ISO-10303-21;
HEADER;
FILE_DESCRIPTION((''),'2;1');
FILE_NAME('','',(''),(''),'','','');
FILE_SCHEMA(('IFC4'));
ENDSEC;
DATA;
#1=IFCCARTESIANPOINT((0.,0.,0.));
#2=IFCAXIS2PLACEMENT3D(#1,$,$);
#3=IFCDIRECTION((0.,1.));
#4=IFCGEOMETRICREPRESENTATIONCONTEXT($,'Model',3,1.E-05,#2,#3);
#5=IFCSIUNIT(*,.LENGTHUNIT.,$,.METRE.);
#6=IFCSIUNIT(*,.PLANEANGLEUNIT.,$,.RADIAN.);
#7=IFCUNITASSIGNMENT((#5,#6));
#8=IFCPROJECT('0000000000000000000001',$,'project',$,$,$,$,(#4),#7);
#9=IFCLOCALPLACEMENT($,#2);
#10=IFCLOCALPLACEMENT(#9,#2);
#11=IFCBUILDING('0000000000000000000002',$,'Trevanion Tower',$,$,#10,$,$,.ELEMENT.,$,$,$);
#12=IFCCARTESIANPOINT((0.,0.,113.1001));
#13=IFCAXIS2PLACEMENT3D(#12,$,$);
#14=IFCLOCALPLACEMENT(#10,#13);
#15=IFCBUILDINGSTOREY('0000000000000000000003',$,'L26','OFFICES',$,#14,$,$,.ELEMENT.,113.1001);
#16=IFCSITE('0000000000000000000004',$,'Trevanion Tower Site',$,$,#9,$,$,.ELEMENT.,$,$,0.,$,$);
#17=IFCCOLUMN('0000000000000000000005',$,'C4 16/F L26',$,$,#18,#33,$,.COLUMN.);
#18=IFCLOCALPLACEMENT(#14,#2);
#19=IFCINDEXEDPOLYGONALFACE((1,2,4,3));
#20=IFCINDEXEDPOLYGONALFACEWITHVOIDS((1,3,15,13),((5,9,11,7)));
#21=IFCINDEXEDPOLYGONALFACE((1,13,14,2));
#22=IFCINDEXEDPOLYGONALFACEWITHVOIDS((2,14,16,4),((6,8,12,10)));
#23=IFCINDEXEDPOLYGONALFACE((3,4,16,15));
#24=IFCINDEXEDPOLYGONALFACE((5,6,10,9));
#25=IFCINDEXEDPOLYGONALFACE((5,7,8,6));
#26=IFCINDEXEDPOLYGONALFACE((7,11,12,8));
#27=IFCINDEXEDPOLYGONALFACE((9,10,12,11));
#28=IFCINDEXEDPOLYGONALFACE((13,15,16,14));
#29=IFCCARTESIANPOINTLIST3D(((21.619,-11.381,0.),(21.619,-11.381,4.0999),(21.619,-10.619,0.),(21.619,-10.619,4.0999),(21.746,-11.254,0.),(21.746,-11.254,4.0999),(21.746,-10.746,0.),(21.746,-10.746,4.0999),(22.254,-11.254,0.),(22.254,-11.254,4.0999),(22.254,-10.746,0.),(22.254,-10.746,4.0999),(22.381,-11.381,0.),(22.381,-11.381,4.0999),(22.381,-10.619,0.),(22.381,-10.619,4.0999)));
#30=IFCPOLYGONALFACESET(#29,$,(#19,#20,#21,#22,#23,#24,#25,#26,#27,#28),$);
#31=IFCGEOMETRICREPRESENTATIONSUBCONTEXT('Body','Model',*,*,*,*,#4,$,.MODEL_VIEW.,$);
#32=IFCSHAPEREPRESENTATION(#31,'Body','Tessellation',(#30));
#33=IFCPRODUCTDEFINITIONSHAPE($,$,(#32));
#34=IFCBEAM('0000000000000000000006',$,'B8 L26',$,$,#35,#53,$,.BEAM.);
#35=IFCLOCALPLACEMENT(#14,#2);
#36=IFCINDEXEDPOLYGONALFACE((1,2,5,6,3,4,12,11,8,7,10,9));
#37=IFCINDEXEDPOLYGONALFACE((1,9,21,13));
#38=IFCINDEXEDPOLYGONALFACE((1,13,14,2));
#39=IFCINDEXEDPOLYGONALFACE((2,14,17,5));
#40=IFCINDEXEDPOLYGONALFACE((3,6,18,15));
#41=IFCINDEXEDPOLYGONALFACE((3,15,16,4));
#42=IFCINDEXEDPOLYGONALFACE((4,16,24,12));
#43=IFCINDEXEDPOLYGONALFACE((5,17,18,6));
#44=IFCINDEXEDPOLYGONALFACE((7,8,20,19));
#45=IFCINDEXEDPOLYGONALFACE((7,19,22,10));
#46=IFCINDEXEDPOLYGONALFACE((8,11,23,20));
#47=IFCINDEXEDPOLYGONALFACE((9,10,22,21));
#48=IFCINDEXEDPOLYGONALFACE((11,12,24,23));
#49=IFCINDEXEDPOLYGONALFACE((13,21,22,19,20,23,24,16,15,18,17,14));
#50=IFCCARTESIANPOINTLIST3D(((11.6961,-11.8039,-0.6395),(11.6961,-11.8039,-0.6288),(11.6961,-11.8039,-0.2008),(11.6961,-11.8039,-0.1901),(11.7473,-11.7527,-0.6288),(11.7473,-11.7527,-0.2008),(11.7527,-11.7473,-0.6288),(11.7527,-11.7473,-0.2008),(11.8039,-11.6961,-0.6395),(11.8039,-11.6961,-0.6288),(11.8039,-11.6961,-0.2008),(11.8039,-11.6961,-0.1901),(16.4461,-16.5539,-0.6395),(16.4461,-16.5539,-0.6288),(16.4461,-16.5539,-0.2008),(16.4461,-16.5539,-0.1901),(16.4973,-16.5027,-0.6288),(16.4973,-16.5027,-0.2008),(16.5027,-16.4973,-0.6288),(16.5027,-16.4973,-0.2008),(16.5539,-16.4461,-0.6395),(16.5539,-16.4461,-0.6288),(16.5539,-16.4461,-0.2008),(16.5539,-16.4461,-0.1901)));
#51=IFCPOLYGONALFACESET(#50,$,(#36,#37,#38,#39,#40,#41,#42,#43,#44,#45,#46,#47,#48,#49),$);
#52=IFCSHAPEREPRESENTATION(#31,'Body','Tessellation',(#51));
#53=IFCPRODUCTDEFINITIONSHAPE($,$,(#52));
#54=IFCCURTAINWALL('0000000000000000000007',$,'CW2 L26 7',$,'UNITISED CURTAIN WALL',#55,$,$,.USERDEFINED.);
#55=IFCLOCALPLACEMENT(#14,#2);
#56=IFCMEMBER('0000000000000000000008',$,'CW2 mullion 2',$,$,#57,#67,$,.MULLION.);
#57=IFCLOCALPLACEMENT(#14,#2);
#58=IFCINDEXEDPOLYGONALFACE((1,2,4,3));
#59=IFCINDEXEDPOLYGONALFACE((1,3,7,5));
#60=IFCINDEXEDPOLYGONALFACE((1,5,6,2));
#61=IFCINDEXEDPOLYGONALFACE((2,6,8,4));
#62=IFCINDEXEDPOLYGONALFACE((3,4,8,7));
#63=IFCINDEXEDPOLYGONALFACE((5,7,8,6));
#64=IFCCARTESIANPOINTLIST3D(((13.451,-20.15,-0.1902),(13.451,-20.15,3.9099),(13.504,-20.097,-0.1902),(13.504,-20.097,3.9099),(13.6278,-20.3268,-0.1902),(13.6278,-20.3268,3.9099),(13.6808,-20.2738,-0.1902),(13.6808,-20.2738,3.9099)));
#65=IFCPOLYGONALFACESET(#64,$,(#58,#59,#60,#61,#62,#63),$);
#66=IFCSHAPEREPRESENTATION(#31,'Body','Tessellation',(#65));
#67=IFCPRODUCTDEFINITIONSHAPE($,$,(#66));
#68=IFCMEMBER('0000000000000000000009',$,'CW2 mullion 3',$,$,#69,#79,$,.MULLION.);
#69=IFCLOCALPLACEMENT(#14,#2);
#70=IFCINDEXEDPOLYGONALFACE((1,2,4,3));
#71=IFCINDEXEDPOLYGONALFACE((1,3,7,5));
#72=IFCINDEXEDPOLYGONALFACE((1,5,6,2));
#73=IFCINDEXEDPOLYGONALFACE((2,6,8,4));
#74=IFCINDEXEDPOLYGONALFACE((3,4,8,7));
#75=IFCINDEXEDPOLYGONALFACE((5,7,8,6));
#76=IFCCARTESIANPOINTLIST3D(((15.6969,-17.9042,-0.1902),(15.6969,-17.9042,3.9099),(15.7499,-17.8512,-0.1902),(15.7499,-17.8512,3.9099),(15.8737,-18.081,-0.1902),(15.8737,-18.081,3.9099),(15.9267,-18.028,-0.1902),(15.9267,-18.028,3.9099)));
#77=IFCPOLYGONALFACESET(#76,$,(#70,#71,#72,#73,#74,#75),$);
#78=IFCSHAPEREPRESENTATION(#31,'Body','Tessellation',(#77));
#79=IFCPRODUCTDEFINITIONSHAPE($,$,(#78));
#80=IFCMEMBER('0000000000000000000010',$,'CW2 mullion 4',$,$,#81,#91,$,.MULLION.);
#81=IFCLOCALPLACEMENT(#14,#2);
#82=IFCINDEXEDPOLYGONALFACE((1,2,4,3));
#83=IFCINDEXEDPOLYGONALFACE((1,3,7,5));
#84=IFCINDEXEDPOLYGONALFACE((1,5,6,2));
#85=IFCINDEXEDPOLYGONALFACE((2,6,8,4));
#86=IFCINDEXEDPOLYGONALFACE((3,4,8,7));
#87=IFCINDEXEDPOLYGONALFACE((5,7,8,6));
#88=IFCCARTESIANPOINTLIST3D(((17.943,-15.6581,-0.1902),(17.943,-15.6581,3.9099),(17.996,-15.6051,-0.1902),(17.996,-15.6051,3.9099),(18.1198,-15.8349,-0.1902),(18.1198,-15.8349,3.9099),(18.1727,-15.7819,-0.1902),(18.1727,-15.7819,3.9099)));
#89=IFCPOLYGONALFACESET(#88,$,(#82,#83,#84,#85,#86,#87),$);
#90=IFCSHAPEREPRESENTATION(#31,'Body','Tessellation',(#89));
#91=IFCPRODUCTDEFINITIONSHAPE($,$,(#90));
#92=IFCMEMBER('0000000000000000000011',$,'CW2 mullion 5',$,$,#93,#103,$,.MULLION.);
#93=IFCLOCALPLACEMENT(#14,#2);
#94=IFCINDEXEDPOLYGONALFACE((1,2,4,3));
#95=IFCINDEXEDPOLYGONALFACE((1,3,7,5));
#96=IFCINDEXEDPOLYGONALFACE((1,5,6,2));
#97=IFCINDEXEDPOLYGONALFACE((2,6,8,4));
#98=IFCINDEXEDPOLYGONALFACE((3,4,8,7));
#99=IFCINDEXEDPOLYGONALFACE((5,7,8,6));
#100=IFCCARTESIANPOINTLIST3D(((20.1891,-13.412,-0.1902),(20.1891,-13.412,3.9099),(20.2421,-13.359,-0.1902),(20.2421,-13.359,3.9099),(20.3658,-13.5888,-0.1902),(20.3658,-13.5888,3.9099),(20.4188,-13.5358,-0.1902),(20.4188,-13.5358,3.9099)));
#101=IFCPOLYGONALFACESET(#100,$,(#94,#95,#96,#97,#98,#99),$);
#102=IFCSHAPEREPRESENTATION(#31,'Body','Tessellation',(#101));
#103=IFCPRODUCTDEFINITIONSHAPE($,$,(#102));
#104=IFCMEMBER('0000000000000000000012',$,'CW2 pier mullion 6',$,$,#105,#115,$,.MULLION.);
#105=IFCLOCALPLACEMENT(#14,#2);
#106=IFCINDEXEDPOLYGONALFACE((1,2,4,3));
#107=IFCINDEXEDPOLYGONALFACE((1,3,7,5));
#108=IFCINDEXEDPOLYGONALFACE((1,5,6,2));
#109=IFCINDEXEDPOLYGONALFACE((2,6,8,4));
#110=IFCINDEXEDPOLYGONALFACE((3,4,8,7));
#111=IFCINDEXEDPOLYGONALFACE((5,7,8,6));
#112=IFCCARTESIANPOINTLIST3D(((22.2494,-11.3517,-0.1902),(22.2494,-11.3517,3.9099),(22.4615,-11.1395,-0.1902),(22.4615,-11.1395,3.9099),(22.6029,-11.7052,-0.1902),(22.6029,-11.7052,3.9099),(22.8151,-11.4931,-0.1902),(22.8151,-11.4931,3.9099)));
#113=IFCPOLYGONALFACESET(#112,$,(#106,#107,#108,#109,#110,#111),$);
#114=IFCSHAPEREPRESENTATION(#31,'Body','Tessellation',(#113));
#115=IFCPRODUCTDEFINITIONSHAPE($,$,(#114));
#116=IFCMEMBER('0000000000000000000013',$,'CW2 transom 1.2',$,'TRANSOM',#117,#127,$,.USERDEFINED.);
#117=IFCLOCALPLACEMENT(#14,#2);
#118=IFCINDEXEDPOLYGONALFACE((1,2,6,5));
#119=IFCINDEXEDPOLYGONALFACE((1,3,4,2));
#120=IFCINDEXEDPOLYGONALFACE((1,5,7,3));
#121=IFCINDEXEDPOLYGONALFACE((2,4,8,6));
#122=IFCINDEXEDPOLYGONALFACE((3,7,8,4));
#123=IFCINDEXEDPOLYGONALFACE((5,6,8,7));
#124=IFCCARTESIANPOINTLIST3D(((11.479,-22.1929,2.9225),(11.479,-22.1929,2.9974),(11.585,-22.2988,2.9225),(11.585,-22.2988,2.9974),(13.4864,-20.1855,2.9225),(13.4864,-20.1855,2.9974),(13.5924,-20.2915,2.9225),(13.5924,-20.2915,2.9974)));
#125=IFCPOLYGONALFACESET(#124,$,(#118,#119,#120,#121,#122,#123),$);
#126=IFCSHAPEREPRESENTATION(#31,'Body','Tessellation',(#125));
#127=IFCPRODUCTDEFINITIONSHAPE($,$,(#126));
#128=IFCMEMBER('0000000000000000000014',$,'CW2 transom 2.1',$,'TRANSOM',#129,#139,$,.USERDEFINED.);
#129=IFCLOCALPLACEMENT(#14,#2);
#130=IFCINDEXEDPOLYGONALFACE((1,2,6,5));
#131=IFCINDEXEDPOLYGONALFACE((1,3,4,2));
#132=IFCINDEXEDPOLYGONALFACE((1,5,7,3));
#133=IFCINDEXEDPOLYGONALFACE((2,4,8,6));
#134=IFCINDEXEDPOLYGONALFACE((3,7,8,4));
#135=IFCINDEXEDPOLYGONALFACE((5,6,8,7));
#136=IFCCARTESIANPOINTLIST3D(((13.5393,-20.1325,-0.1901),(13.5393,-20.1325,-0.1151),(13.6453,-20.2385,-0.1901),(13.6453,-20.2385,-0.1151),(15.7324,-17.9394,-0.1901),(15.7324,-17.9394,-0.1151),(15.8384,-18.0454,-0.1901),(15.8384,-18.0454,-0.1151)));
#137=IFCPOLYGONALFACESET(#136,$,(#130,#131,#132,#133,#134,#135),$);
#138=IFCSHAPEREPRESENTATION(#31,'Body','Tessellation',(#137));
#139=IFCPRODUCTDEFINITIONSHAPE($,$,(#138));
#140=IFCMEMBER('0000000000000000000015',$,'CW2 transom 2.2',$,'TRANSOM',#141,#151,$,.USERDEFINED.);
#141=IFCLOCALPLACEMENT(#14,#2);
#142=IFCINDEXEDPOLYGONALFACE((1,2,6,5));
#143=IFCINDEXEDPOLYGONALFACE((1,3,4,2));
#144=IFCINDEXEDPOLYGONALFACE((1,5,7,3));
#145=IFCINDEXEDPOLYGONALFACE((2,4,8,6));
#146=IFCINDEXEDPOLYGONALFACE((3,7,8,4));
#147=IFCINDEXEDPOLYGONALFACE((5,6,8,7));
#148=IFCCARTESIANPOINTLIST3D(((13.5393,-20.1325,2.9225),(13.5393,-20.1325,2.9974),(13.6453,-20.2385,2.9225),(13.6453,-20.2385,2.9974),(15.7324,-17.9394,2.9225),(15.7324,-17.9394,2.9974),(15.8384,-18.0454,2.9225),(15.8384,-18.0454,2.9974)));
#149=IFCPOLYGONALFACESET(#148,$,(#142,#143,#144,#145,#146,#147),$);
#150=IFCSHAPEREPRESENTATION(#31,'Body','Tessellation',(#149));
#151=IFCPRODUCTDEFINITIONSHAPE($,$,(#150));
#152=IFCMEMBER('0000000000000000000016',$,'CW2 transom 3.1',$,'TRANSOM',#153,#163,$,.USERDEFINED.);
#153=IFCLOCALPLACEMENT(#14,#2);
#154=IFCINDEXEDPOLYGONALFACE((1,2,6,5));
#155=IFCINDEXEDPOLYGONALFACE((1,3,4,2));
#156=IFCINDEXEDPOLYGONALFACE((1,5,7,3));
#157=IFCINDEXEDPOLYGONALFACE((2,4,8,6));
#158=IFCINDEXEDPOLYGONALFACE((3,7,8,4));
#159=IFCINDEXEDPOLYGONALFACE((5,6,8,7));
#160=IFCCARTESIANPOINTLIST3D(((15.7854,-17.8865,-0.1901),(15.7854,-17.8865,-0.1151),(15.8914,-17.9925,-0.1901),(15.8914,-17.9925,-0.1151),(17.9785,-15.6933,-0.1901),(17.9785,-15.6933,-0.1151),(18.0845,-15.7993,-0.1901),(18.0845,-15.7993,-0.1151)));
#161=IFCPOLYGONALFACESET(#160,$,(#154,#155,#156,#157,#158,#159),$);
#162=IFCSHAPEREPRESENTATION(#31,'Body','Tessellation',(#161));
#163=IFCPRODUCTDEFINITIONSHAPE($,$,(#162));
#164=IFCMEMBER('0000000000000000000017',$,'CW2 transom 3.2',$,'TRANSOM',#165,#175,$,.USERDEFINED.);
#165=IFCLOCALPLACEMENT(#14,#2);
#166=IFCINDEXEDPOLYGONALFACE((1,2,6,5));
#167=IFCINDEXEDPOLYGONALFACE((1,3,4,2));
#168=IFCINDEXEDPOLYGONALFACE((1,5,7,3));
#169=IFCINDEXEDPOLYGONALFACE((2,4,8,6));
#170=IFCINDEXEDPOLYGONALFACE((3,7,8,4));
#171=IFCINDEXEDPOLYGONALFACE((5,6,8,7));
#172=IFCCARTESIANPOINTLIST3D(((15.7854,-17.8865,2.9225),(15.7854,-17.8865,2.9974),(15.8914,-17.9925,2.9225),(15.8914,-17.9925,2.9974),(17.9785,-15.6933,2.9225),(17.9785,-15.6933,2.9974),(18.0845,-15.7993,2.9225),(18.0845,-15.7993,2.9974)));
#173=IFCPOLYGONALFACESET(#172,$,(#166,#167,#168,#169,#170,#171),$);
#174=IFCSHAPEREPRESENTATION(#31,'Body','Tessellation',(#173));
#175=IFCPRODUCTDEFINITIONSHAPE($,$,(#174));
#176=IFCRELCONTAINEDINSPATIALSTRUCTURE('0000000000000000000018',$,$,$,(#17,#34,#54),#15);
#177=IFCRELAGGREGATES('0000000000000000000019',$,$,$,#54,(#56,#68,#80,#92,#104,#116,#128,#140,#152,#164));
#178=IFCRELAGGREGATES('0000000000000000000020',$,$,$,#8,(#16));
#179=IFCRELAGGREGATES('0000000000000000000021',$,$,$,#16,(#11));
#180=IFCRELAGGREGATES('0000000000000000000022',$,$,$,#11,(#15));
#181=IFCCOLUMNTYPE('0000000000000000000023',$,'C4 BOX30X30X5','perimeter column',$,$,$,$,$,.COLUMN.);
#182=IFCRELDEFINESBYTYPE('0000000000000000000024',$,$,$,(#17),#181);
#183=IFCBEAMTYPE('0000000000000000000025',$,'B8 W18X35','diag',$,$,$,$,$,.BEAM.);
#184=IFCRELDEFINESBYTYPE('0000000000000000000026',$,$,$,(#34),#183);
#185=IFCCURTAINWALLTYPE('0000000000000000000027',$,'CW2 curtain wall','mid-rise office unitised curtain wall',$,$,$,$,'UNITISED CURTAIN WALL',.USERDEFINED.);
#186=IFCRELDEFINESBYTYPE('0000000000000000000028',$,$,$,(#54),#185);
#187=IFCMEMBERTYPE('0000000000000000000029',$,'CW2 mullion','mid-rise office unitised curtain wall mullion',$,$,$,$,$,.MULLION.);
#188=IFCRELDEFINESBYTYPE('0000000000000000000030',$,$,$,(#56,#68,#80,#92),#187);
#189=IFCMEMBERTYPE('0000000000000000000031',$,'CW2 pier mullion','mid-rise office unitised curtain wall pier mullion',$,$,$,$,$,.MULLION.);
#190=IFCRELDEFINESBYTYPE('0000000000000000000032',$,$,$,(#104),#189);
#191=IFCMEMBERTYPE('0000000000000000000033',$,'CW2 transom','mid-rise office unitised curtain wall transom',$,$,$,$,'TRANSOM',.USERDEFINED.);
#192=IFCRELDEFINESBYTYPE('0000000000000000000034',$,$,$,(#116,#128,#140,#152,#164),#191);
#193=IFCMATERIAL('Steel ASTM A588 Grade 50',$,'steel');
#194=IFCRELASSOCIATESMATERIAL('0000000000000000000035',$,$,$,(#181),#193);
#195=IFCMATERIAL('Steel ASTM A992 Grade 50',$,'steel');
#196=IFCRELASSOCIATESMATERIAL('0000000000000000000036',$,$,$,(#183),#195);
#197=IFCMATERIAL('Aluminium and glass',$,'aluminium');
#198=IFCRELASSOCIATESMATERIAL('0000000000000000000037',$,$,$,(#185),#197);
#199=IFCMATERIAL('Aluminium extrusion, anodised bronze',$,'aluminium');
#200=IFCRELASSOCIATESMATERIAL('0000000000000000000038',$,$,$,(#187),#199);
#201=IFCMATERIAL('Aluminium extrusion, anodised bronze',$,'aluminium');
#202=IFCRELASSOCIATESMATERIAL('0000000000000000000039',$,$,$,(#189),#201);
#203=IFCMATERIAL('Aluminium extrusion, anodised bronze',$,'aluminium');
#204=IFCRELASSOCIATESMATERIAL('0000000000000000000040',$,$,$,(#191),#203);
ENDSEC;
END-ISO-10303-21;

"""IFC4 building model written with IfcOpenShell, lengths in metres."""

from ifc_helpers import new_model, si_unit, direction, frame, origin, origin_2d, place, context, subcontext, project, spatial, rectangle, hollow_rectangle, i_section, extrude, material, material_profile, profile_set, type_object, element, aggregate, save


model = new_model("IFC4")

# Units and contexts
model_context = context("Model", 3, precision=1e-05, world=origin(), true_north=direction((0.0, 1.0)))
body_context = subcontext(model_context, "Body", "Model", "MODEL_VIEW")
ifc_project = project(units=[si_unit("LENGTHUNIT", "METRE"), si_unit("PLANEANGLEUNIT", "RADIAN")], contexts=[model_context])

# Site, building, storey
site_placement = place(None, origin())
site = spatial("IfcSite", under=ifc_project, at=site_placement, Name="Trevanion Tower Site", CompositionType="ELEMENT", RefElevation=0.0)
building_placement = place(site_placement, origin())
building = spatial("IfcBuilding", under=site, at=building_placement, Name="Trevanion Tower", CompositionType="ELEMENT")
storey_placement = place(building_placement, frame((0.0, 0.0, 113.1001)))
storey = spatial("IfcBuildingStorey", under=building, at=storey_placement, Name="L26", Description="OFFICES", CompositionType="ELEMENT", Elevation=113.1001)

# Column
ifc_material_1 = material(Name="Steel ASTM A588 Grade 50", Category="steel")
ifc_material_profile_1 = material_profile(ifc_material_1, hollow_rectangle(XDim=0.762, YDim=0.762, WallThickness=0.127, at=origin_2d()), Name="BOX30X30X5")
ifc_profile_set_1 = profile_set([ifc_material_profile_1], Name="Steel ASTM A588 Grade 50")
column_type = type_object("IfcColumnType", Name="C4 BOX30X30X5", Description="perimeter column", PredefinedType="COLUMN", material=ifc_profile_set_1)
column_placement = place(storey_placement, frame((22.0, -11.0, 0.0), z_axis=(0.0, 0.0, 1.0), x_axis=(0.0, 1.0, 0.0)))
element("IfcColumn", 1, at=column_placement, inside=storey, type_object=column_type, Name="C4 16/F L26", PredefinedType="COLUMN", context=body_context, shape_type="SweptSolid", body=[
    extrude(hollow_rectangle(XDim=0.762, YDim=0.762, WallThickness=0.127, at=origin_2d()), origin(), (0.0, 0.0, 1.0), 4.0999),
])

# Beam
ifc_material_2 = material(Name="Steel ASTM A992 Grade 50", Category="steel")
ifc_material_profile_2 = material_profile(ifc_material_2, i_section(OverallWidth=0.1523, OverallDepth=0.4495, WebThickness=0.0076, FlangeThickness=0.0107, at=origin_2d()), Name="W18X35")
ifc_profile_set_2 = profile_set([ifc_material_profile_2], Name="Steel ASTM A992 Grade 50")
beam_type_1 = type_object("IfcBeamType", Name="B8 W18X35", Description="diag", PredefinedType="BEAM", material=ifc_profile_set_2)
beam_1_placement = place(storey_placement, frame((11.75, -11.75, -0.4148), z_axis=(0.707107, -0.707107, 0.0), x_axis=(0.707107, 0.707107, 0.0)))
element("IfcBeam", 2, at=beam_1_placement, inside=storey, type_object=beam_type_1, Name="B8 L26", PredefinedType="BEAM", context=body_context, shape_type="SweptSolid", body=[
    extrude(i_section(OverallWidth=0.1523, OverallDepth=0.4495, WebThickness=0.0076, FlangeThickness=0.0107, at=origin_2d()), origin(), (0.0, 0.0, 1.0), 6.7175),
])

# Curtain wall, members
ifc_material_3 = material(Name="Aluminium and glass", Category="aluminium")
curtain_wall_type = type_object("IfcCurtainWallType", Name="CW2 curtain wall", Description="mid-rise office unitised curtain wall", ElementType="UNITISED CURTAIN WALL", PredefinedType="USERDEFINED", material=ifc_material_3)
curtain_wall_placement = place(storey_placement, origin())
curtain_wall = element("IfcCurtainWall", 3, at=curtain_wall_placement, inside=storey, type_object=curtain_wall_type, Name="CW2 L26 7", ObjectType="UNITISED CURTAIN WALL", PredefinedType="USERDEFINED")
ifc_material_4 = material(Name="Aluminium extrusion, anodised bronze", Category="aluminium")
ifc_material_profile_3 = material_profile(ifc_material_4, rectangle(XDim=0.075, YDim=0.25, at=origin_2d()), Name="CW2 mullion")
ifc_profile_set_3 = profile_set([ifc_material_profile_3], Name="Aluminium extrusion, anodised bronze")
member_type_1 = type_object("IfcMemberType", Name="CW2 mullion", Description="mid-rise office unitised curtain wall mullion", PredefinedType="MULLION", material=ifc_profile_set_3)
member_1_placement = place(storey_placement, frame((13.5659, -20.2119, -0.1902), z_axis=(0.0, 0.0, 1.0), x_axis=(0.707107, 0.707107, 0.0)))
member_1 = element("IfcMember", 4, at=member_1_placement, type_object=member_type_1, Name="CW2 mullion 2", PredefinedType="MULLION", context=body_context, shape_type="SweptSolid", body=[
    extrude(rectangle(XDim=0.075, YDim=0.25, at=origin_2d()), origin(), (0.0, 0.0, 1.0), 4.1001),
])
member_2_placement = place(storey_placement, frame((15.8118, -17.9661, -0.1902), z_axis=(0.0, 0.0, 1.0), x_axis=(0.707107, 0.707107, 0.0)))
member_2 = element("IfcMember", 5, at=member_2_placement, type_object=member_type_1, Name="CW2 mullion 3", PredefinedType="MULLION", context=body_context, shape_type="SweptSolid", body=[
    extrude(rectangle(XDim=0.075, YDim=0.25, at=origin_2d()), origin(), (0.0, 0.0, 1.0), 4.1001),
])
member_3_placement = place(storey_placement, frame((18.0579, -15.72, -0.1902), z_axis=(0.0, 0.0, 1.0), x_axis=(0.707107, 0.707107, 0.0)))
member_3 = element("IfcMember", 6, at=member_3_placement, type_object=member_type_1, Name="CW2 mullion 4", PredefinedType="MULLION", context=body_context, shape_type="SweptSolid", body=[
    extrude(rectangle(XDim=0.075, YDim=0.25, at=origin_2d()), origin(), (0.0, 0.0, 1.0), 4.1001),
])
member_4_placement = place(storey_placement, frame((20.304, -13.4739, -0.1902), z_axis=(0.0, 0.0, 1.0), x_axis=(0.707107, 0.707107, 0.0)))
member_4 = element("IfcMember", 7, at=member_4_placement, type_object=member_type_1, Name="CW2 mullion 5", PredefinedType="MULLION", context=body_context, shape_type="SweptSolid", body=[
    extrude(rectangle(XDim=0.075, YDim=0.25, at=origin_2d()), origin(), (0.0, 0.0, 1.0), 4.1001),
])
ifc_material_5 = material(Name="Aluminium extrusion, anodised bronze", Category="aluminium")
ifc_material_profile_4 = material_profile(ifc_material_5, rectangle(XDim=0.3, YDim=0.5, at=origin_2d()), Name="CW2 pier mullion")
ifc_profile_set_4 = profile_set([ifc_material_profile_4], Name="Aluminium extrusion, anodised bronze")
member_type_2 = type_object("IfcMemberType", Name="CW2 pier mullion", Description="mid-rise office unitised curtain wall pier mullion", PredefinedType="MULLION", material=ifc_profile_set_4)
member_5_placement = place(storey_placement, frame((22.5322, -11.4224, -0.1902), z_axis=(0.0, 0.0, 1.0), x_axis=(0.707107, 0.707107, 0.0)))
member_5 = element("IfcMember", 8, at=member_5_placement, type_object=member_type_2, Name="CW2 pier mullion 6", PredefinedType="MULLION", context=body_context, shape_type="SweptSolid", body=[
    extrude(rectangle(XDim=0.3, YDim=0.5, at=origin_2d()), origin(), (0.0, 0.0, 1.0), 4.1001),
])
ifc_material_6 = material(Name="Aluminium extrusion, anodised bronze", Category="aluminium")
ifc_material_profile_5 = material_profile(ifc_material_6, rectangle(XDim=0.1499, YDim=0.075, at=origin_2d()), Name="CW2 transom")
ifc_profile_set_5 = profile_set([ifc_material_profile_5], Name="Aluminium extrusion, anodised bronze")
member_type_3 = type_object("IfcMemberType", Name="CW2 transom", Description="mid-rise office unitised curtain wall transom", ElementType="TRANSOM", PredefinedType="USERDEFINED", material=ifc_profile_set_5)
member_6_placement = place(storey_placement, frame((11.532, -22.2458, 2.96), z_axis=(0.707107, 0.707107, 0.0), x_axis=(-0.707107, 0.707107, 0.0)))
member_6 = element("IfcMember", 9, at=member_6_placement, type_object=member_type_3, Name="CW2 transom 1.2", ObjectType="TRANSOM", PredefinedType="USERDEFINED", context=body_context, shape_type="SweptSolid", body=[
    extrude(rectangle(XDim=0.1499, YDim=0.075, at=origin_2d()), origin(), (0.0, 0.0, 1.0), 2.8389),
])
member_7_placement = place(storey_placement, frame((13.5923, -20.1855, -0.1526), z_axis=(0.707107, 0.707107, 0.0), x_axis=(-0.707107, 0.707107, 0.0)))
member_7 = element("IfcMember", 10, at=member_7_placement, type_object=member_type_3, Name="CW2 transom 2.1", ObjectType="TRANSOM", PredefinedType="USERDEFINED", context=body_context, shape_type="SweptSolid", body=[
    extrude(rectangle(XDim=0.1499, YDim=0.075, at=origin_2d()), origin(), (0.0, 0.0, 1.0), 3.1016),
])
member_8_placement = place(storey_placement, frame((13.5923, -20.1855, 2.96), z_axis=(0.707107, 0.707107, 0.0), x_axis=(-0.707107, 0.707107, 0.0)))
member_8 = element("IfcMember", 11, at=member_8_placement, type_object=member_type_3, Name="CW2 transom 2.2", ObjectType="TRANSOM", PredefinedType="USERDEFINED", context=body_context, shape_type="SweptSolid", body=[
    extrude(rectangle(XDim=0.1499, YDim=0.075, at=origin_2d()), origin(), (0.0, 0.0, 1.0), 3.1016),
])
member_9_placement = place(storey_placement, frame((15.8384, -17.9395, -0.1526), z_axis=(0.707107, 0.707107, 0.0), x_axis=(-0.707107, 0.707107, 0.0)))
member_9 = element("IfcMember", 12, at=member_9_placement, type_object=member_type_3, Name="CW2 transom 3.1", ObjectType="TRANSOM", PredefinedType="USERDEFINED", context=body_context, shape_type="SweptSolid", body=[
    extrude(rectangle(XDim=0.1499, YDim=0.075, at=origin_2d()), origin(), (0.0, 0.0, 1.0), 3.1016),
])
member_10_placement = place(storey_placement, frame((15.8384, -17.9395, 2.96), z_axis=(0.707107, 0.707107, 0.0), x_axis=(-0.707107, 0.707107, 0.0)))
member_10 = element("IfcMember", 13, at=member_10_placement, type_object=member_type_3, Name="CW2 transom 3.2", ObjectType="TRANSOM", PredefinedType="USERDEFINED", context=body_context, shape_type="SweptSolid", body=[
    extrude(rectangle(XDim=0.1499, YDim=0.075, at=origin_2d()), origin(), (0.0, 0.0, 1.0), 3.1016),
])

aggregate(curtain_wall, [member_1, member_2, member_3, member_4, member_5, member_6, member_7, member_8, member_9, member_10])

save(model, "model.ifc")
